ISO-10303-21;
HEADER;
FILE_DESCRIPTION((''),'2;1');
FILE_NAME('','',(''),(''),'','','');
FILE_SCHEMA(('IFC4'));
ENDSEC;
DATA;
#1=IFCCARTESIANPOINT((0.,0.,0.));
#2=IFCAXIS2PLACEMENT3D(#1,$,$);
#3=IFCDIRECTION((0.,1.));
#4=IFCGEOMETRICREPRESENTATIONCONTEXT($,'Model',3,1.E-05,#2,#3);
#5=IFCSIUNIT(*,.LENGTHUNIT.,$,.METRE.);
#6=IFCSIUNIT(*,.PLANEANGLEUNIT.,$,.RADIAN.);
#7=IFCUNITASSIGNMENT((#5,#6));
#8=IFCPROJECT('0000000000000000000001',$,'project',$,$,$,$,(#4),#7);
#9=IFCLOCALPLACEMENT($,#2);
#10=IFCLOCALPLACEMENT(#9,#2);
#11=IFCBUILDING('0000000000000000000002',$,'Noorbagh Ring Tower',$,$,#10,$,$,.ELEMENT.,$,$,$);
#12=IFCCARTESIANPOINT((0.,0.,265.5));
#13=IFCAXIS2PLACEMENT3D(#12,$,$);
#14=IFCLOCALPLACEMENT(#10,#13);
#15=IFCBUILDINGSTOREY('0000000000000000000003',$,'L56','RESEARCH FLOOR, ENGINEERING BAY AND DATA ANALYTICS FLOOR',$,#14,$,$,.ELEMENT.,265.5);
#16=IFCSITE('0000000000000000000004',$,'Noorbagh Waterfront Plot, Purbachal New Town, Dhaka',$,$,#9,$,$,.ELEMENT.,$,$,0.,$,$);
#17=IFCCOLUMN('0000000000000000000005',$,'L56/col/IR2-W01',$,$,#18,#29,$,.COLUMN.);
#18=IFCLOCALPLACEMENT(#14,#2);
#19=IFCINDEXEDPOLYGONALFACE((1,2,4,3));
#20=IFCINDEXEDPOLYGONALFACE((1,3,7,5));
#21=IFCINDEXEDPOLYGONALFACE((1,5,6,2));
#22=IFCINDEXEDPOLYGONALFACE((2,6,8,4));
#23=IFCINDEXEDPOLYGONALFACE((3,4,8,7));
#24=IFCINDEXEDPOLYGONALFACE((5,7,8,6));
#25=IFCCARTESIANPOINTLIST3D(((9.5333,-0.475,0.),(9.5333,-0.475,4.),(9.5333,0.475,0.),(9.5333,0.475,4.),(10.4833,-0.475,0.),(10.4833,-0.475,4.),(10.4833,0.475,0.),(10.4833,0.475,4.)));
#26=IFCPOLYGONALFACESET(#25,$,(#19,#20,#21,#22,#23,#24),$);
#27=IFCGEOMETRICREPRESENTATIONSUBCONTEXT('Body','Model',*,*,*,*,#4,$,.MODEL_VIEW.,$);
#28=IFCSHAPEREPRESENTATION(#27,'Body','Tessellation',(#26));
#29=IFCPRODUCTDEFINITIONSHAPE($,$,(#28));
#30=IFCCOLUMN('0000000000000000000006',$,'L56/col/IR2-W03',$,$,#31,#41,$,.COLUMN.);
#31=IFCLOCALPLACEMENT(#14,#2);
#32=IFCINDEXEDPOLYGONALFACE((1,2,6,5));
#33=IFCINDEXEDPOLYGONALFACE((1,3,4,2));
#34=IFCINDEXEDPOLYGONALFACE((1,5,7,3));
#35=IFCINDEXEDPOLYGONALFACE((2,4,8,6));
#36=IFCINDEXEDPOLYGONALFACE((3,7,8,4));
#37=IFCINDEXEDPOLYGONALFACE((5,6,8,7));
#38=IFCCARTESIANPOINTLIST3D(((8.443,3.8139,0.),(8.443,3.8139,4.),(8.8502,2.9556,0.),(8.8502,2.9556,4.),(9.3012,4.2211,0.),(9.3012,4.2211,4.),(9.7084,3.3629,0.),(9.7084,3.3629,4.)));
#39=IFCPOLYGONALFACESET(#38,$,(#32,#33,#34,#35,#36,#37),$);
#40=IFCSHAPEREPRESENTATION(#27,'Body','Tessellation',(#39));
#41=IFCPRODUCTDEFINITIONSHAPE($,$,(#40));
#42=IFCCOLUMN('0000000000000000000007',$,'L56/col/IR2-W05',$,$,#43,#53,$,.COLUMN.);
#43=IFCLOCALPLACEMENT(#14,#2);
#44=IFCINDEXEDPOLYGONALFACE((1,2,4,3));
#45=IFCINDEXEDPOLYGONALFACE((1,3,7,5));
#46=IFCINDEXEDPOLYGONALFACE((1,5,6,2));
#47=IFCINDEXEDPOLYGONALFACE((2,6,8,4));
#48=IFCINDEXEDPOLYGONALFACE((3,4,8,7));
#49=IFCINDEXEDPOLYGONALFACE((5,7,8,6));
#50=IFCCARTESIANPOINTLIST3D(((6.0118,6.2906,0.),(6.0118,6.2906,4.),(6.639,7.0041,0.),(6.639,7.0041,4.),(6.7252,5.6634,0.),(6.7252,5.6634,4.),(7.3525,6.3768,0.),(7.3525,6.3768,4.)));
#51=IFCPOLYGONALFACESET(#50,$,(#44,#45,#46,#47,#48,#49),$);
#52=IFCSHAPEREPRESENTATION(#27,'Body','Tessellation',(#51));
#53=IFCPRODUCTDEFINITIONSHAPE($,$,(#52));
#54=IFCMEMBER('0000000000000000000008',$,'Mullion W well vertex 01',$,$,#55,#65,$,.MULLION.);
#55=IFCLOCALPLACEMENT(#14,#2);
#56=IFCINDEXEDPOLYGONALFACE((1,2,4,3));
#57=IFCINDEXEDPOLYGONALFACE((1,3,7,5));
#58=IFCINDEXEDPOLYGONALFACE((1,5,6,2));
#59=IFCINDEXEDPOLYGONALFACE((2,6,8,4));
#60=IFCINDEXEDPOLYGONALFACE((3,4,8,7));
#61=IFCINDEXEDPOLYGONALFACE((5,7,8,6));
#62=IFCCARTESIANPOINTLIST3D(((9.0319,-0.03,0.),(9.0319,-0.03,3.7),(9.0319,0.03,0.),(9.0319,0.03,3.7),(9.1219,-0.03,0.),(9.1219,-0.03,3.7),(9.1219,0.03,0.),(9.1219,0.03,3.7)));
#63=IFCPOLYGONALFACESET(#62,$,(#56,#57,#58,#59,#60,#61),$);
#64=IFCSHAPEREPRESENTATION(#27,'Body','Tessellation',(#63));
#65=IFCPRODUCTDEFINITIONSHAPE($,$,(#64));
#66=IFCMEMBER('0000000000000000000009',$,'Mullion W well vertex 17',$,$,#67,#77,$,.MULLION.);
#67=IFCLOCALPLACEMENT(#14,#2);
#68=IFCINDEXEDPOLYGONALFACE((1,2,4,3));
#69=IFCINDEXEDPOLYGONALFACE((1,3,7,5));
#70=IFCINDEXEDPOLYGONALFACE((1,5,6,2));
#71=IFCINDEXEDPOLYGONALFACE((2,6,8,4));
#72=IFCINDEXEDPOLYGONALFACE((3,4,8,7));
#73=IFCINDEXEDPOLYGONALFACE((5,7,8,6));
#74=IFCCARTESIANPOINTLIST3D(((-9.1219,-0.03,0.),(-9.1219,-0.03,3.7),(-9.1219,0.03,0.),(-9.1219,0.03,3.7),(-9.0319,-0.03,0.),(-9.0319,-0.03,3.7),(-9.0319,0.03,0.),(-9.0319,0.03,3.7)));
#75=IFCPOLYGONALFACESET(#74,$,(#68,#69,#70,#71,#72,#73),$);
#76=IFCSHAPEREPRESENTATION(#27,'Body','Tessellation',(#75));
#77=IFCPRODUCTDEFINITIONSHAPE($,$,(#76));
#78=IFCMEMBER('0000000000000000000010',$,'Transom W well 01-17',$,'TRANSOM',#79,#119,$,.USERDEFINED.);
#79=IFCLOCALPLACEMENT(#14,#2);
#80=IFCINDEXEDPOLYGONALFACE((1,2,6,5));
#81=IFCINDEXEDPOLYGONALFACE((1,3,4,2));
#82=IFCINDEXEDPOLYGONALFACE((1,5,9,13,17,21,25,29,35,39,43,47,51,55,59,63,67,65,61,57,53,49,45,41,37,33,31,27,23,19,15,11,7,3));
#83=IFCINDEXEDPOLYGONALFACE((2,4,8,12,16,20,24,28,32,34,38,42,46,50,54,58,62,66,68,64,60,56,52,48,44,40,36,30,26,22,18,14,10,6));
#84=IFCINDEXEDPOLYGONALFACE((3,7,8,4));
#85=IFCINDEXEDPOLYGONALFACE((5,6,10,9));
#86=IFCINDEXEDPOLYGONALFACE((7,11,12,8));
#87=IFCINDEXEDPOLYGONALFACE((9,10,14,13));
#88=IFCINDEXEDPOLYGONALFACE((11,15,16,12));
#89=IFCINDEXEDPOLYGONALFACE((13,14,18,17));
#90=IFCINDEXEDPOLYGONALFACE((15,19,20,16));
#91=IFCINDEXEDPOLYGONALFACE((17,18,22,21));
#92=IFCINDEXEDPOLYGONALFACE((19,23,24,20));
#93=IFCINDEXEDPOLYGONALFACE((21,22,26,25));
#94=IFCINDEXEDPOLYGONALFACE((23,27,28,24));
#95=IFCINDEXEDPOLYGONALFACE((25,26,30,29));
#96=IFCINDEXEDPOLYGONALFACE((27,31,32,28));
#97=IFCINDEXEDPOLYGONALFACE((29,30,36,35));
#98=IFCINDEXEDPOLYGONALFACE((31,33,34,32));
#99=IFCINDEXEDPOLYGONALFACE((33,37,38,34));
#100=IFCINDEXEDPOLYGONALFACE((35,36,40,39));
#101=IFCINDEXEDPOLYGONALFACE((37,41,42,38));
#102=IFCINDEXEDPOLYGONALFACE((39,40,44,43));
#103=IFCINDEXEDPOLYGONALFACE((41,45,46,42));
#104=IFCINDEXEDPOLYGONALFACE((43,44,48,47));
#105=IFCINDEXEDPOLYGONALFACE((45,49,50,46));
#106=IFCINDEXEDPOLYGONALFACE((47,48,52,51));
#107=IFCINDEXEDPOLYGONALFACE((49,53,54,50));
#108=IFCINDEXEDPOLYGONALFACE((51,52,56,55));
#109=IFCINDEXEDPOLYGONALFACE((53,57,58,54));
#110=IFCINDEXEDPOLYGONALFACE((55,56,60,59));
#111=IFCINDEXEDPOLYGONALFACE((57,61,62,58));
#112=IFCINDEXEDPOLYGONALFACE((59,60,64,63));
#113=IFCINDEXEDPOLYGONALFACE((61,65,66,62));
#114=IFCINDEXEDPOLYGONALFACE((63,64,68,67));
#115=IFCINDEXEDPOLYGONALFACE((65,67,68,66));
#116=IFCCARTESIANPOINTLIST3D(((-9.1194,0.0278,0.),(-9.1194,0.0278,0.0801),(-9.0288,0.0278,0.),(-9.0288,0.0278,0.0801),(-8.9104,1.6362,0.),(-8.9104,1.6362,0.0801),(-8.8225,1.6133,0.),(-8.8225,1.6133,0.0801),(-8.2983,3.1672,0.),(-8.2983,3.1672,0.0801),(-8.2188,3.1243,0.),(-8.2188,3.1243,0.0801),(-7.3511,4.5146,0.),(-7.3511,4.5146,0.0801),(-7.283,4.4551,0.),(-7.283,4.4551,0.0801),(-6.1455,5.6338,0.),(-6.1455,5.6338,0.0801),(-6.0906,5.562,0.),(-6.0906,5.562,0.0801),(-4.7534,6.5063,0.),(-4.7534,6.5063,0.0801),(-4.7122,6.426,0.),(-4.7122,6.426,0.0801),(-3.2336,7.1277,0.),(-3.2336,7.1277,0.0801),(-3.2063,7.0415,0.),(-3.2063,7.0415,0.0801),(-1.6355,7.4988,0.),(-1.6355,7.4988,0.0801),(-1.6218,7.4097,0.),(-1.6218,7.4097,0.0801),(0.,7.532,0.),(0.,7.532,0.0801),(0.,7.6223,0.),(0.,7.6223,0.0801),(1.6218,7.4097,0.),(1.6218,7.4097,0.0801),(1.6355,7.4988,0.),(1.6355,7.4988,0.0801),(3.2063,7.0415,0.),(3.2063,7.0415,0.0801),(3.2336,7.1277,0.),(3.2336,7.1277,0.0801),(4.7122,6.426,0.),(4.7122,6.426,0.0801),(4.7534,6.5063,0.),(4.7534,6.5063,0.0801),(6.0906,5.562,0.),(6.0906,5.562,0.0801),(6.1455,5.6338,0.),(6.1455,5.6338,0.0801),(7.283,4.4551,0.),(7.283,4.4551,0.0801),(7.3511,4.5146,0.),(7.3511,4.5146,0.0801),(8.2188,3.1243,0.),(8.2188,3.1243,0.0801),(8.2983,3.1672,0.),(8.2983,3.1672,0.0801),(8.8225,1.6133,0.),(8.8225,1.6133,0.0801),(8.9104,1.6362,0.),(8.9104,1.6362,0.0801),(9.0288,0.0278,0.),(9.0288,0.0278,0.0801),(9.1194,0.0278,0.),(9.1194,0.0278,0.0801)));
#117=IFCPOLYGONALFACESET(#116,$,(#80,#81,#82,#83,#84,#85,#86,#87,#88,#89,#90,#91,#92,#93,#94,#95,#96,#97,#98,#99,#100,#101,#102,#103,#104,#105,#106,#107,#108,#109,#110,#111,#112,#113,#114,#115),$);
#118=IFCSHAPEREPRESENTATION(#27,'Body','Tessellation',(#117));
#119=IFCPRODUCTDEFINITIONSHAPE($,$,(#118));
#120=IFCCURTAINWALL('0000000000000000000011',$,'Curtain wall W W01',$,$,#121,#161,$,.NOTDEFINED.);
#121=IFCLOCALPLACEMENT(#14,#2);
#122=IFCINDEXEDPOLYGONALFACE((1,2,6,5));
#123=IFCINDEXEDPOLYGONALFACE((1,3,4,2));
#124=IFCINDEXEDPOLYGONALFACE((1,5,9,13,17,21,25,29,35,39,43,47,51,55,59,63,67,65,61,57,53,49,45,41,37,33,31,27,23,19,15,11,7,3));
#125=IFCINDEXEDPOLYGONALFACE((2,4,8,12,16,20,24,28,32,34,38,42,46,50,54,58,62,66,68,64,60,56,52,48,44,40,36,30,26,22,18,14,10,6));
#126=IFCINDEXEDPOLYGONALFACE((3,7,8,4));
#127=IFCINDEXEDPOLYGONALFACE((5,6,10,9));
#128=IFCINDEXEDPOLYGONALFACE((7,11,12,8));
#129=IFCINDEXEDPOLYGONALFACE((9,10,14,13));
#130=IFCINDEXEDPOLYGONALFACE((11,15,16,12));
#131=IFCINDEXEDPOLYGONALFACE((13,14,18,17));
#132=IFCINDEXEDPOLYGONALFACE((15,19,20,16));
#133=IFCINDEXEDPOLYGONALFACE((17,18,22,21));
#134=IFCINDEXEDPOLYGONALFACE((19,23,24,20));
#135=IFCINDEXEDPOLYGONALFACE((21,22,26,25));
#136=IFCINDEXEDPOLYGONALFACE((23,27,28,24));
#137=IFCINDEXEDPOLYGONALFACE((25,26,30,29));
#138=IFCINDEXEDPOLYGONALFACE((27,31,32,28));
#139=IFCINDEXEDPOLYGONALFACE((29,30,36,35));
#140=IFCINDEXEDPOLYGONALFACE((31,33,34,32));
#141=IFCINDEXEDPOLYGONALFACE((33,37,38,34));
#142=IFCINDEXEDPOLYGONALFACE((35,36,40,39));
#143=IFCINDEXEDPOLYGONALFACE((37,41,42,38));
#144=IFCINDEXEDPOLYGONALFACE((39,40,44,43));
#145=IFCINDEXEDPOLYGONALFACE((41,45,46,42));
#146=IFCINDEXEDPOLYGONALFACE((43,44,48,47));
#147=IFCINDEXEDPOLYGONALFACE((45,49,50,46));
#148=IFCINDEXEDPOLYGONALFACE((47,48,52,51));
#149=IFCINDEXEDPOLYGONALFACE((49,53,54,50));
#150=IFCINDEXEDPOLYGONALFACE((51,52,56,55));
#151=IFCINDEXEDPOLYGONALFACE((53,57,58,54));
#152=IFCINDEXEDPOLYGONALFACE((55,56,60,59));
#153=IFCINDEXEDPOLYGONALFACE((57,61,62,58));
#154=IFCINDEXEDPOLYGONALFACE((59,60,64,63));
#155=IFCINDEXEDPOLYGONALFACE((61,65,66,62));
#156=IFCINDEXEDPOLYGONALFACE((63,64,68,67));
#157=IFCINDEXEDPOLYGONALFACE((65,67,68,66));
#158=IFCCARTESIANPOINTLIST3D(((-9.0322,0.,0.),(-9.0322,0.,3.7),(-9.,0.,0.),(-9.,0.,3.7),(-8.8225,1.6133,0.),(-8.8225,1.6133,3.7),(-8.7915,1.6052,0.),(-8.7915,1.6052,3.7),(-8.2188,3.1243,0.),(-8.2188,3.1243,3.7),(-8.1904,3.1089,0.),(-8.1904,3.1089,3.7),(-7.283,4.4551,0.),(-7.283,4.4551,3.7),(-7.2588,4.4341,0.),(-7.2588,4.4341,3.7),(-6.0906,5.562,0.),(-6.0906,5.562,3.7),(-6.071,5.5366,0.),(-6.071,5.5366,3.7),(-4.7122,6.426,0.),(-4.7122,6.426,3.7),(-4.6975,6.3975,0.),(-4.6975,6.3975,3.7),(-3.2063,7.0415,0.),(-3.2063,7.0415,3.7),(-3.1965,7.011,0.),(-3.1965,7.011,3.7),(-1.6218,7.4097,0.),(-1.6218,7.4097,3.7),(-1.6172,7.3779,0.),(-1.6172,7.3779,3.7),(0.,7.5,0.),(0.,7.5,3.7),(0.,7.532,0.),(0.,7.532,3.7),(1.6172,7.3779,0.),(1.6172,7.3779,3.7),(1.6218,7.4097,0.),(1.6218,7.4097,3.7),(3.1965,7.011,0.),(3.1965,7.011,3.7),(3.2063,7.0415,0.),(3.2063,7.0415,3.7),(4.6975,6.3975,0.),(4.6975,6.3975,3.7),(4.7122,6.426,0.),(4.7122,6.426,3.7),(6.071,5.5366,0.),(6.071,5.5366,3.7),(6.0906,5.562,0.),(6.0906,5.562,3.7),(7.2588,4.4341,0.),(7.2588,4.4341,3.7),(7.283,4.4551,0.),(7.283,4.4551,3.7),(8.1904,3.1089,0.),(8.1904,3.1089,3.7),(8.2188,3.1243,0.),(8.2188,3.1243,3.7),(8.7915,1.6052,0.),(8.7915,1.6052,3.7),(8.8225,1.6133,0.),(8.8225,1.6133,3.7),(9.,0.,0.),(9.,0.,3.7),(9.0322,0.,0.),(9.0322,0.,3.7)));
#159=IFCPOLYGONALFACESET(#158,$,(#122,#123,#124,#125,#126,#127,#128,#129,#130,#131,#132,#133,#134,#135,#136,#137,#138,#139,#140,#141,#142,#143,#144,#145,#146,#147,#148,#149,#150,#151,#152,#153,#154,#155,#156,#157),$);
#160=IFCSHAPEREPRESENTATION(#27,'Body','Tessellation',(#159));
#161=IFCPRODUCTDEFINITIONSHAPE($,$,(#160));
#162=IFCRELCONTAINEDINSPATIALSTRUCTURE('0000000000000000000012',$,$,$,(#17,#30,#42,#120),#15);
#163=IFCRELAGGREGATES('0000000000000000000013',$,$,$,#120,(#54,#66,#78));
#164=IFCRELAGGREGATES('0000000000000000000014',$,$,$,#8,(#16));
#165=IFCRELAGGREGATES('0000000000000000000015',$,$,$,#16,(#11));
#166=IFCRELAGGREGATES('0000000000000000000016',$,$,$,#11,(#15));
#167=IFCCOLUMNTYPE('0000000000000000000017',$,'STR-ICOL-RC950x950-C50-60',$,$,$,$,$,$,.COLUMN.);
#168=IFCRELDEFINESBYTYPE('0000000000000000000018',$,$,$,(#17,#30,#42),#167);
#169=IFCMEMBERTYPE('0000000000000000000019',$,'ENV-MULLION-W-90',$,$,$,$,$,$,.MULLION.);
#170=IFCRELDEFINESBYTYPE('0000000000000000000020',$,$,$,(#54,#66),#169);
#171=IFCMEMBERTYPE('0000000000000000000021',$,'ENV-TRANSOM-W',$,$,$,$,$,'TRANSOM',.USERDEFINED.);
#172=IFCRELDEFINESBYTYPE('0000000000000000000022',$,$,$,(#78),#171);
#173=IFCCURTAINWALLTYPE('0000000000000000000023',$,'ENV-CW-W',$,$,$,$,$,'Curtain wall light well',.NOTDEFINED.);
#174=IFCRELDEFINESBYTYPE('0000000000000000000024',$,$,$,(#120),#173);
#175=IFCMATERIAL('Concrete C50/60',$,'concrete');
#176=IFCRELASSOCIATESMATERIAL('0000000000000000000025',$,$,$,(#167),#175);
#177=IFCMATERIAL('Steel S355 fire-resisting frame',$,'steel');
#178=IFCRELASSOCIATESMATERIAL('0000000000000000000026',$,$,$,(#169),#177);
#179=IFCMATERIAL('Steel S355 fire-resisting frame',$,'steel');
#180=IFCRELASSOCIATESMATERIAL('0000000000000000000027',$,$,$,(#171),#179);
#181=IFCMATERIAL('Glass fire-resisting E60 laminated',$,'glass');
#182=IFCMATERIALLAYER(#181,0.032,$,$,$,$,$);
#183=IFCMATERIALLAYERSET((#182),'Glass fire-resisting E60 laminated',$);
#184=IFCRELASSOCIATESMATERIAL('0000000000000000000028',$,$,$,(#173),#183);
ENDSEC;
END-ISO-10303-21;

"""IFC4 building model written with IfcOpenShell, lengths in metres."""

from ifc_helpers import new_model, si_unit, direction, frame, origin, origin_2d, place, context, subcontext, project, spatial, polyline, rectangle, outline, extrude, material, layer, layer_set, material_profile, profile_set, type_object, element, aggregate, save


model = new_model("IFC4")

# Units and contexts
model_context = context("Model", 3, precision=1e-05, world=origin(), true_north=direction((0.0, 1.0)))
body_context = subcontext(model_context, "Body", "Model", "MODEL_VIEW")
ifc_project = project(units=[si_unit("LENGTHUNIT", "METRE"), si_unit("PLANEANGLEUNIT", "RADIAN")], contexts=[model_context])

# Site, building, storey
site_placement = place(None, origin())
site = spatial("IfcSite", under=ifc_project, at=site_placement, Name="Noorbagh Waterfront Plot, Purbachal New Town, Dhaka", CompositionType="ELEMENT", RefElevation=0.0)
building_placement = place(site_placement, origin())
building = spatial("IfcBuilding", under=site, at=building_placement, Name="Noorbagh Ring Tower", CompositionType="ELEMENT")
storey_placement = place(building_placement, frame((0.0, 0.0, 265.5)))
storey = spatial("IfcBuildingStorey", under=building, at=storey_placement, Name="L56", Description="RESEARCH FLOOR, ENGINEERING BAY AND DATA ANALYTICS FLOOR", CompositionType="ELEMENT", Elevation=265.5)

# Columns
ifc_material_1 = material(Name="Concrete C50/60", Category="concrete")
ifc_material_profile_1 = material_profile(ifc_material_1, rectangle(XDim=0.95, YDim=0.95, at=origin_2d()), Name="RC950x950")
ifc_profile_set_1 = profile_set([ifc_material_profile_1], Name="Concrete C50/60")
column_type = type_object("IfcColumnType", Name="STR-ICOL-RC950x950-C50-60", PredefinedType="COLUMN", material=ifc_profile_set_1)
for number, where, z_axis, x_axis, name in (
    (1, (10.0083, 0.0, 0.0), (0.0, 0.0, 1.0), (0.0, 1.0, 0.0), "L56/col/IR2-W01"),
    (2, (9.0757, 3.5884, 0.0), (0.0, 0.0, 1.0), (-0.428667, 0.903463, 0.0), "L56/col/IR2-W03"),
    (3, (6.6821, 6.3337, 0.0), (0.0, 0.0, 1.0), (-0.751022, 0.660277, 0.0), "L56/col/IR2-W05"),
):
    element("IfcColumn", number, at=place(storey_placement, frame(where, z_axis=z_axis, x_axis=x_axis)), inside=storey, type_object=column_type, Name=name, PredefinedType="COLUMN", context=body_context, shape_type="SweptSolid", body=[
        extrude(rectangle(XDim=0.95, YDim=0.95, at=origin_2d()), origin(), (0.0, 0.0, 1.0), 4.0),
    ])

# Members
ifc_material_2 = material(Name="Steel S355 fire-resisting frame", Category="steel")
ifc_material_profile_2 = material_profile(ifc_material_2, rectangle(XDim=0.0901, YDim=0.0601, at=origin_2d()), Name="90x60")
ifc_profile_set_2 = profile_set([ifc_material_profile_2], Name="Steel S355 fire-resisting frame")
member_type_1 = type_object("IfcMemberType", Name="ENV-MULLION-W-90", PredefinedType="MULLION", material=ifc_profile_set_2)
member_1_placement = place(storey_placement, frame((9.0769, 0.0, 0.0), z_axis=(0.0, 0.0, 1.0), x_axis=(1.0, 0.0, 0.0)))
member_1 = element("IfcMember", 4, at=member_1_placement, type_object=member_type_1, Name="Mullion W well vertex 01", PredefinedType="MULLION", context=body_context, shape_type="SweptSolid", body=[
    extrude(rectangle(XDim=0.0901, YDim=0.0601, at=origin_2d()), origin(), (0.0, 0.0, 1.0), 3.7),
])
member_2_placement = place(storey_placement, frame((-9.0769, 0.0, 0.0), z_axis=(0.0, 0.0, 1.0), x_axis=(-1.0, 0.0, 0.0)))
member_2 = element("IfcMember", 5, at=member_2_placement, type_object=member_type_1, Name="Mullion W well vertex 17", PredefinedType="MULLION", context=body_context, shape_type="SweptSolid", body=[
    extrude(rectangle(XDim=0.0901, YDim=0.0601, at=origin_2d()), origin(), (0.0, 0.0, 1.0), 3.7),
])
ifc_material_3 = material(Name="Steel S355 fire-resisting frame", Category="steel")
member_type_2 = type_object("IfcMemberType", Name="ENV-TRANSOM-W", ElementType="TRANSOM", PredefinedType="USERDEFINED", material=ifc_material_3)
member_3_placement = place(storey_placement, origin())
member_3 = element("IfcMember", 6, at=member_3_placement, type_object=member_type_2, Name="Transom W well 01-17", ObjectType="TRANSOM", PredefinedType="USERDEFINED", context=body_context, shape_type="SweptSolid", body=[
    extrude(outline(polyline([(9.1194, 0.0278), (8.9104, 1.6362), (8.2983, 3.1672), (7.3511, 4.5146), (6.1455, 5.6338), (4.7534, 6.5063), (3.2336, 7.1277), (1.6355, 7.4988), (0.0, 7.6223), (-1.6355, 7.4988), (-3.2336, 7.1277), (-4.7534, 6.5063), (-6.1455, 5.6338), (-7.3511, 4.5146), (-8.2983, 3.1672), (-8.9104, 1.6362), (-9.1194, 0.0278), (-9.0288, 0.0278), (-8.8225, 1.6133), (-8.2188, 3.1243), (-7.283, 4.4551), (-6.0906, 5.562), (-4.7122, 6.426), (-3.2063, 7.0415), (-1.6218, 7.4097), (0.0, 7.532), (1.6218, 7.4097), (3.2063, 7.0415), (4.7122, 6.426), (6.0906, 5.562), (7.283, 4.4551), (8.2188, 3.1243), (8.8225, 1.6133), (9.0288, 0.0278), (9.1194, 0.0278)])), origin(), (0.0, 0.0, 1.0), 0.0801),
])

# Curtain wall
ifc_material_4 = material(Name="Glass fire-resisting E60 laminated", Category="glass")
ifc_layer_1 = layer(ifc_material_4, 0.032)
ifc_layer_set_1 = layer_set([ifc_layer_1], Name="Glass fire-resisting E60 laminated")
curtain_wall_type_1 = type_object("IfcCurtainWallType", Name="ENV-CW-W", ElementType="Curtain wall light well", PredefinedType="NOTDEFINED", material=ifc_layer_set_1)
curtain_wall_1_placement = place(storey_placement, origin())
curtain_wall_1 = element("IfcCurtainWall", 7, at=curtain_wall_1_placement, inside=storey, type_object=curtain_wall_type_1, Name="Curtain wall W W01", PredefinedType="NOTDEFINED", context=body_context, shape_type="SweptSolid", body=[
    extrude(outline(polyline([(9.0322, 0.0), (8.8225, 1.6133), (8.2188, 3.1243), (7.283, 4.4551), (6.0906, 5.562), (4.7122, 6.426), (3.2063, 7.0415), (1.6218, 7.4097), (0.0, 7.532), (-1.6218, 7.4097), (-3.2063, 7.0415), (-4.7122, 6.426), (-6.0906, 5.562), (-7.283, 4.4551), (-8.2188, 3.1243), (-8.8225, 1.6133), (-9.0322, 0.0), (-9.0, 0.0), (-8.7915, 1.6052), (-8.1904, 3.1089), (-7.2588, 4.4341), (-6.071, 5.5366), (-4.6975, 6.3975), (-3.1965, 7.011), (-1.6172, 7.3779), (0.0, 7.5), (1.6172, 7.3779), (3.1965, 7.011), (4.6975, 6.3975), (6.071, 5.5366), (7.2588, 4.4341), (8.1904, 3.1089), (8.7915, 1.6052), (9.0, 0.0), (9.0322, 0.0)])), origin(), (0.0, 0.0, 1.0), 3.7),
])
aggregate(curtain_wall_1, [member_1, member_2, member_3])

save(model, "model.ifc")
